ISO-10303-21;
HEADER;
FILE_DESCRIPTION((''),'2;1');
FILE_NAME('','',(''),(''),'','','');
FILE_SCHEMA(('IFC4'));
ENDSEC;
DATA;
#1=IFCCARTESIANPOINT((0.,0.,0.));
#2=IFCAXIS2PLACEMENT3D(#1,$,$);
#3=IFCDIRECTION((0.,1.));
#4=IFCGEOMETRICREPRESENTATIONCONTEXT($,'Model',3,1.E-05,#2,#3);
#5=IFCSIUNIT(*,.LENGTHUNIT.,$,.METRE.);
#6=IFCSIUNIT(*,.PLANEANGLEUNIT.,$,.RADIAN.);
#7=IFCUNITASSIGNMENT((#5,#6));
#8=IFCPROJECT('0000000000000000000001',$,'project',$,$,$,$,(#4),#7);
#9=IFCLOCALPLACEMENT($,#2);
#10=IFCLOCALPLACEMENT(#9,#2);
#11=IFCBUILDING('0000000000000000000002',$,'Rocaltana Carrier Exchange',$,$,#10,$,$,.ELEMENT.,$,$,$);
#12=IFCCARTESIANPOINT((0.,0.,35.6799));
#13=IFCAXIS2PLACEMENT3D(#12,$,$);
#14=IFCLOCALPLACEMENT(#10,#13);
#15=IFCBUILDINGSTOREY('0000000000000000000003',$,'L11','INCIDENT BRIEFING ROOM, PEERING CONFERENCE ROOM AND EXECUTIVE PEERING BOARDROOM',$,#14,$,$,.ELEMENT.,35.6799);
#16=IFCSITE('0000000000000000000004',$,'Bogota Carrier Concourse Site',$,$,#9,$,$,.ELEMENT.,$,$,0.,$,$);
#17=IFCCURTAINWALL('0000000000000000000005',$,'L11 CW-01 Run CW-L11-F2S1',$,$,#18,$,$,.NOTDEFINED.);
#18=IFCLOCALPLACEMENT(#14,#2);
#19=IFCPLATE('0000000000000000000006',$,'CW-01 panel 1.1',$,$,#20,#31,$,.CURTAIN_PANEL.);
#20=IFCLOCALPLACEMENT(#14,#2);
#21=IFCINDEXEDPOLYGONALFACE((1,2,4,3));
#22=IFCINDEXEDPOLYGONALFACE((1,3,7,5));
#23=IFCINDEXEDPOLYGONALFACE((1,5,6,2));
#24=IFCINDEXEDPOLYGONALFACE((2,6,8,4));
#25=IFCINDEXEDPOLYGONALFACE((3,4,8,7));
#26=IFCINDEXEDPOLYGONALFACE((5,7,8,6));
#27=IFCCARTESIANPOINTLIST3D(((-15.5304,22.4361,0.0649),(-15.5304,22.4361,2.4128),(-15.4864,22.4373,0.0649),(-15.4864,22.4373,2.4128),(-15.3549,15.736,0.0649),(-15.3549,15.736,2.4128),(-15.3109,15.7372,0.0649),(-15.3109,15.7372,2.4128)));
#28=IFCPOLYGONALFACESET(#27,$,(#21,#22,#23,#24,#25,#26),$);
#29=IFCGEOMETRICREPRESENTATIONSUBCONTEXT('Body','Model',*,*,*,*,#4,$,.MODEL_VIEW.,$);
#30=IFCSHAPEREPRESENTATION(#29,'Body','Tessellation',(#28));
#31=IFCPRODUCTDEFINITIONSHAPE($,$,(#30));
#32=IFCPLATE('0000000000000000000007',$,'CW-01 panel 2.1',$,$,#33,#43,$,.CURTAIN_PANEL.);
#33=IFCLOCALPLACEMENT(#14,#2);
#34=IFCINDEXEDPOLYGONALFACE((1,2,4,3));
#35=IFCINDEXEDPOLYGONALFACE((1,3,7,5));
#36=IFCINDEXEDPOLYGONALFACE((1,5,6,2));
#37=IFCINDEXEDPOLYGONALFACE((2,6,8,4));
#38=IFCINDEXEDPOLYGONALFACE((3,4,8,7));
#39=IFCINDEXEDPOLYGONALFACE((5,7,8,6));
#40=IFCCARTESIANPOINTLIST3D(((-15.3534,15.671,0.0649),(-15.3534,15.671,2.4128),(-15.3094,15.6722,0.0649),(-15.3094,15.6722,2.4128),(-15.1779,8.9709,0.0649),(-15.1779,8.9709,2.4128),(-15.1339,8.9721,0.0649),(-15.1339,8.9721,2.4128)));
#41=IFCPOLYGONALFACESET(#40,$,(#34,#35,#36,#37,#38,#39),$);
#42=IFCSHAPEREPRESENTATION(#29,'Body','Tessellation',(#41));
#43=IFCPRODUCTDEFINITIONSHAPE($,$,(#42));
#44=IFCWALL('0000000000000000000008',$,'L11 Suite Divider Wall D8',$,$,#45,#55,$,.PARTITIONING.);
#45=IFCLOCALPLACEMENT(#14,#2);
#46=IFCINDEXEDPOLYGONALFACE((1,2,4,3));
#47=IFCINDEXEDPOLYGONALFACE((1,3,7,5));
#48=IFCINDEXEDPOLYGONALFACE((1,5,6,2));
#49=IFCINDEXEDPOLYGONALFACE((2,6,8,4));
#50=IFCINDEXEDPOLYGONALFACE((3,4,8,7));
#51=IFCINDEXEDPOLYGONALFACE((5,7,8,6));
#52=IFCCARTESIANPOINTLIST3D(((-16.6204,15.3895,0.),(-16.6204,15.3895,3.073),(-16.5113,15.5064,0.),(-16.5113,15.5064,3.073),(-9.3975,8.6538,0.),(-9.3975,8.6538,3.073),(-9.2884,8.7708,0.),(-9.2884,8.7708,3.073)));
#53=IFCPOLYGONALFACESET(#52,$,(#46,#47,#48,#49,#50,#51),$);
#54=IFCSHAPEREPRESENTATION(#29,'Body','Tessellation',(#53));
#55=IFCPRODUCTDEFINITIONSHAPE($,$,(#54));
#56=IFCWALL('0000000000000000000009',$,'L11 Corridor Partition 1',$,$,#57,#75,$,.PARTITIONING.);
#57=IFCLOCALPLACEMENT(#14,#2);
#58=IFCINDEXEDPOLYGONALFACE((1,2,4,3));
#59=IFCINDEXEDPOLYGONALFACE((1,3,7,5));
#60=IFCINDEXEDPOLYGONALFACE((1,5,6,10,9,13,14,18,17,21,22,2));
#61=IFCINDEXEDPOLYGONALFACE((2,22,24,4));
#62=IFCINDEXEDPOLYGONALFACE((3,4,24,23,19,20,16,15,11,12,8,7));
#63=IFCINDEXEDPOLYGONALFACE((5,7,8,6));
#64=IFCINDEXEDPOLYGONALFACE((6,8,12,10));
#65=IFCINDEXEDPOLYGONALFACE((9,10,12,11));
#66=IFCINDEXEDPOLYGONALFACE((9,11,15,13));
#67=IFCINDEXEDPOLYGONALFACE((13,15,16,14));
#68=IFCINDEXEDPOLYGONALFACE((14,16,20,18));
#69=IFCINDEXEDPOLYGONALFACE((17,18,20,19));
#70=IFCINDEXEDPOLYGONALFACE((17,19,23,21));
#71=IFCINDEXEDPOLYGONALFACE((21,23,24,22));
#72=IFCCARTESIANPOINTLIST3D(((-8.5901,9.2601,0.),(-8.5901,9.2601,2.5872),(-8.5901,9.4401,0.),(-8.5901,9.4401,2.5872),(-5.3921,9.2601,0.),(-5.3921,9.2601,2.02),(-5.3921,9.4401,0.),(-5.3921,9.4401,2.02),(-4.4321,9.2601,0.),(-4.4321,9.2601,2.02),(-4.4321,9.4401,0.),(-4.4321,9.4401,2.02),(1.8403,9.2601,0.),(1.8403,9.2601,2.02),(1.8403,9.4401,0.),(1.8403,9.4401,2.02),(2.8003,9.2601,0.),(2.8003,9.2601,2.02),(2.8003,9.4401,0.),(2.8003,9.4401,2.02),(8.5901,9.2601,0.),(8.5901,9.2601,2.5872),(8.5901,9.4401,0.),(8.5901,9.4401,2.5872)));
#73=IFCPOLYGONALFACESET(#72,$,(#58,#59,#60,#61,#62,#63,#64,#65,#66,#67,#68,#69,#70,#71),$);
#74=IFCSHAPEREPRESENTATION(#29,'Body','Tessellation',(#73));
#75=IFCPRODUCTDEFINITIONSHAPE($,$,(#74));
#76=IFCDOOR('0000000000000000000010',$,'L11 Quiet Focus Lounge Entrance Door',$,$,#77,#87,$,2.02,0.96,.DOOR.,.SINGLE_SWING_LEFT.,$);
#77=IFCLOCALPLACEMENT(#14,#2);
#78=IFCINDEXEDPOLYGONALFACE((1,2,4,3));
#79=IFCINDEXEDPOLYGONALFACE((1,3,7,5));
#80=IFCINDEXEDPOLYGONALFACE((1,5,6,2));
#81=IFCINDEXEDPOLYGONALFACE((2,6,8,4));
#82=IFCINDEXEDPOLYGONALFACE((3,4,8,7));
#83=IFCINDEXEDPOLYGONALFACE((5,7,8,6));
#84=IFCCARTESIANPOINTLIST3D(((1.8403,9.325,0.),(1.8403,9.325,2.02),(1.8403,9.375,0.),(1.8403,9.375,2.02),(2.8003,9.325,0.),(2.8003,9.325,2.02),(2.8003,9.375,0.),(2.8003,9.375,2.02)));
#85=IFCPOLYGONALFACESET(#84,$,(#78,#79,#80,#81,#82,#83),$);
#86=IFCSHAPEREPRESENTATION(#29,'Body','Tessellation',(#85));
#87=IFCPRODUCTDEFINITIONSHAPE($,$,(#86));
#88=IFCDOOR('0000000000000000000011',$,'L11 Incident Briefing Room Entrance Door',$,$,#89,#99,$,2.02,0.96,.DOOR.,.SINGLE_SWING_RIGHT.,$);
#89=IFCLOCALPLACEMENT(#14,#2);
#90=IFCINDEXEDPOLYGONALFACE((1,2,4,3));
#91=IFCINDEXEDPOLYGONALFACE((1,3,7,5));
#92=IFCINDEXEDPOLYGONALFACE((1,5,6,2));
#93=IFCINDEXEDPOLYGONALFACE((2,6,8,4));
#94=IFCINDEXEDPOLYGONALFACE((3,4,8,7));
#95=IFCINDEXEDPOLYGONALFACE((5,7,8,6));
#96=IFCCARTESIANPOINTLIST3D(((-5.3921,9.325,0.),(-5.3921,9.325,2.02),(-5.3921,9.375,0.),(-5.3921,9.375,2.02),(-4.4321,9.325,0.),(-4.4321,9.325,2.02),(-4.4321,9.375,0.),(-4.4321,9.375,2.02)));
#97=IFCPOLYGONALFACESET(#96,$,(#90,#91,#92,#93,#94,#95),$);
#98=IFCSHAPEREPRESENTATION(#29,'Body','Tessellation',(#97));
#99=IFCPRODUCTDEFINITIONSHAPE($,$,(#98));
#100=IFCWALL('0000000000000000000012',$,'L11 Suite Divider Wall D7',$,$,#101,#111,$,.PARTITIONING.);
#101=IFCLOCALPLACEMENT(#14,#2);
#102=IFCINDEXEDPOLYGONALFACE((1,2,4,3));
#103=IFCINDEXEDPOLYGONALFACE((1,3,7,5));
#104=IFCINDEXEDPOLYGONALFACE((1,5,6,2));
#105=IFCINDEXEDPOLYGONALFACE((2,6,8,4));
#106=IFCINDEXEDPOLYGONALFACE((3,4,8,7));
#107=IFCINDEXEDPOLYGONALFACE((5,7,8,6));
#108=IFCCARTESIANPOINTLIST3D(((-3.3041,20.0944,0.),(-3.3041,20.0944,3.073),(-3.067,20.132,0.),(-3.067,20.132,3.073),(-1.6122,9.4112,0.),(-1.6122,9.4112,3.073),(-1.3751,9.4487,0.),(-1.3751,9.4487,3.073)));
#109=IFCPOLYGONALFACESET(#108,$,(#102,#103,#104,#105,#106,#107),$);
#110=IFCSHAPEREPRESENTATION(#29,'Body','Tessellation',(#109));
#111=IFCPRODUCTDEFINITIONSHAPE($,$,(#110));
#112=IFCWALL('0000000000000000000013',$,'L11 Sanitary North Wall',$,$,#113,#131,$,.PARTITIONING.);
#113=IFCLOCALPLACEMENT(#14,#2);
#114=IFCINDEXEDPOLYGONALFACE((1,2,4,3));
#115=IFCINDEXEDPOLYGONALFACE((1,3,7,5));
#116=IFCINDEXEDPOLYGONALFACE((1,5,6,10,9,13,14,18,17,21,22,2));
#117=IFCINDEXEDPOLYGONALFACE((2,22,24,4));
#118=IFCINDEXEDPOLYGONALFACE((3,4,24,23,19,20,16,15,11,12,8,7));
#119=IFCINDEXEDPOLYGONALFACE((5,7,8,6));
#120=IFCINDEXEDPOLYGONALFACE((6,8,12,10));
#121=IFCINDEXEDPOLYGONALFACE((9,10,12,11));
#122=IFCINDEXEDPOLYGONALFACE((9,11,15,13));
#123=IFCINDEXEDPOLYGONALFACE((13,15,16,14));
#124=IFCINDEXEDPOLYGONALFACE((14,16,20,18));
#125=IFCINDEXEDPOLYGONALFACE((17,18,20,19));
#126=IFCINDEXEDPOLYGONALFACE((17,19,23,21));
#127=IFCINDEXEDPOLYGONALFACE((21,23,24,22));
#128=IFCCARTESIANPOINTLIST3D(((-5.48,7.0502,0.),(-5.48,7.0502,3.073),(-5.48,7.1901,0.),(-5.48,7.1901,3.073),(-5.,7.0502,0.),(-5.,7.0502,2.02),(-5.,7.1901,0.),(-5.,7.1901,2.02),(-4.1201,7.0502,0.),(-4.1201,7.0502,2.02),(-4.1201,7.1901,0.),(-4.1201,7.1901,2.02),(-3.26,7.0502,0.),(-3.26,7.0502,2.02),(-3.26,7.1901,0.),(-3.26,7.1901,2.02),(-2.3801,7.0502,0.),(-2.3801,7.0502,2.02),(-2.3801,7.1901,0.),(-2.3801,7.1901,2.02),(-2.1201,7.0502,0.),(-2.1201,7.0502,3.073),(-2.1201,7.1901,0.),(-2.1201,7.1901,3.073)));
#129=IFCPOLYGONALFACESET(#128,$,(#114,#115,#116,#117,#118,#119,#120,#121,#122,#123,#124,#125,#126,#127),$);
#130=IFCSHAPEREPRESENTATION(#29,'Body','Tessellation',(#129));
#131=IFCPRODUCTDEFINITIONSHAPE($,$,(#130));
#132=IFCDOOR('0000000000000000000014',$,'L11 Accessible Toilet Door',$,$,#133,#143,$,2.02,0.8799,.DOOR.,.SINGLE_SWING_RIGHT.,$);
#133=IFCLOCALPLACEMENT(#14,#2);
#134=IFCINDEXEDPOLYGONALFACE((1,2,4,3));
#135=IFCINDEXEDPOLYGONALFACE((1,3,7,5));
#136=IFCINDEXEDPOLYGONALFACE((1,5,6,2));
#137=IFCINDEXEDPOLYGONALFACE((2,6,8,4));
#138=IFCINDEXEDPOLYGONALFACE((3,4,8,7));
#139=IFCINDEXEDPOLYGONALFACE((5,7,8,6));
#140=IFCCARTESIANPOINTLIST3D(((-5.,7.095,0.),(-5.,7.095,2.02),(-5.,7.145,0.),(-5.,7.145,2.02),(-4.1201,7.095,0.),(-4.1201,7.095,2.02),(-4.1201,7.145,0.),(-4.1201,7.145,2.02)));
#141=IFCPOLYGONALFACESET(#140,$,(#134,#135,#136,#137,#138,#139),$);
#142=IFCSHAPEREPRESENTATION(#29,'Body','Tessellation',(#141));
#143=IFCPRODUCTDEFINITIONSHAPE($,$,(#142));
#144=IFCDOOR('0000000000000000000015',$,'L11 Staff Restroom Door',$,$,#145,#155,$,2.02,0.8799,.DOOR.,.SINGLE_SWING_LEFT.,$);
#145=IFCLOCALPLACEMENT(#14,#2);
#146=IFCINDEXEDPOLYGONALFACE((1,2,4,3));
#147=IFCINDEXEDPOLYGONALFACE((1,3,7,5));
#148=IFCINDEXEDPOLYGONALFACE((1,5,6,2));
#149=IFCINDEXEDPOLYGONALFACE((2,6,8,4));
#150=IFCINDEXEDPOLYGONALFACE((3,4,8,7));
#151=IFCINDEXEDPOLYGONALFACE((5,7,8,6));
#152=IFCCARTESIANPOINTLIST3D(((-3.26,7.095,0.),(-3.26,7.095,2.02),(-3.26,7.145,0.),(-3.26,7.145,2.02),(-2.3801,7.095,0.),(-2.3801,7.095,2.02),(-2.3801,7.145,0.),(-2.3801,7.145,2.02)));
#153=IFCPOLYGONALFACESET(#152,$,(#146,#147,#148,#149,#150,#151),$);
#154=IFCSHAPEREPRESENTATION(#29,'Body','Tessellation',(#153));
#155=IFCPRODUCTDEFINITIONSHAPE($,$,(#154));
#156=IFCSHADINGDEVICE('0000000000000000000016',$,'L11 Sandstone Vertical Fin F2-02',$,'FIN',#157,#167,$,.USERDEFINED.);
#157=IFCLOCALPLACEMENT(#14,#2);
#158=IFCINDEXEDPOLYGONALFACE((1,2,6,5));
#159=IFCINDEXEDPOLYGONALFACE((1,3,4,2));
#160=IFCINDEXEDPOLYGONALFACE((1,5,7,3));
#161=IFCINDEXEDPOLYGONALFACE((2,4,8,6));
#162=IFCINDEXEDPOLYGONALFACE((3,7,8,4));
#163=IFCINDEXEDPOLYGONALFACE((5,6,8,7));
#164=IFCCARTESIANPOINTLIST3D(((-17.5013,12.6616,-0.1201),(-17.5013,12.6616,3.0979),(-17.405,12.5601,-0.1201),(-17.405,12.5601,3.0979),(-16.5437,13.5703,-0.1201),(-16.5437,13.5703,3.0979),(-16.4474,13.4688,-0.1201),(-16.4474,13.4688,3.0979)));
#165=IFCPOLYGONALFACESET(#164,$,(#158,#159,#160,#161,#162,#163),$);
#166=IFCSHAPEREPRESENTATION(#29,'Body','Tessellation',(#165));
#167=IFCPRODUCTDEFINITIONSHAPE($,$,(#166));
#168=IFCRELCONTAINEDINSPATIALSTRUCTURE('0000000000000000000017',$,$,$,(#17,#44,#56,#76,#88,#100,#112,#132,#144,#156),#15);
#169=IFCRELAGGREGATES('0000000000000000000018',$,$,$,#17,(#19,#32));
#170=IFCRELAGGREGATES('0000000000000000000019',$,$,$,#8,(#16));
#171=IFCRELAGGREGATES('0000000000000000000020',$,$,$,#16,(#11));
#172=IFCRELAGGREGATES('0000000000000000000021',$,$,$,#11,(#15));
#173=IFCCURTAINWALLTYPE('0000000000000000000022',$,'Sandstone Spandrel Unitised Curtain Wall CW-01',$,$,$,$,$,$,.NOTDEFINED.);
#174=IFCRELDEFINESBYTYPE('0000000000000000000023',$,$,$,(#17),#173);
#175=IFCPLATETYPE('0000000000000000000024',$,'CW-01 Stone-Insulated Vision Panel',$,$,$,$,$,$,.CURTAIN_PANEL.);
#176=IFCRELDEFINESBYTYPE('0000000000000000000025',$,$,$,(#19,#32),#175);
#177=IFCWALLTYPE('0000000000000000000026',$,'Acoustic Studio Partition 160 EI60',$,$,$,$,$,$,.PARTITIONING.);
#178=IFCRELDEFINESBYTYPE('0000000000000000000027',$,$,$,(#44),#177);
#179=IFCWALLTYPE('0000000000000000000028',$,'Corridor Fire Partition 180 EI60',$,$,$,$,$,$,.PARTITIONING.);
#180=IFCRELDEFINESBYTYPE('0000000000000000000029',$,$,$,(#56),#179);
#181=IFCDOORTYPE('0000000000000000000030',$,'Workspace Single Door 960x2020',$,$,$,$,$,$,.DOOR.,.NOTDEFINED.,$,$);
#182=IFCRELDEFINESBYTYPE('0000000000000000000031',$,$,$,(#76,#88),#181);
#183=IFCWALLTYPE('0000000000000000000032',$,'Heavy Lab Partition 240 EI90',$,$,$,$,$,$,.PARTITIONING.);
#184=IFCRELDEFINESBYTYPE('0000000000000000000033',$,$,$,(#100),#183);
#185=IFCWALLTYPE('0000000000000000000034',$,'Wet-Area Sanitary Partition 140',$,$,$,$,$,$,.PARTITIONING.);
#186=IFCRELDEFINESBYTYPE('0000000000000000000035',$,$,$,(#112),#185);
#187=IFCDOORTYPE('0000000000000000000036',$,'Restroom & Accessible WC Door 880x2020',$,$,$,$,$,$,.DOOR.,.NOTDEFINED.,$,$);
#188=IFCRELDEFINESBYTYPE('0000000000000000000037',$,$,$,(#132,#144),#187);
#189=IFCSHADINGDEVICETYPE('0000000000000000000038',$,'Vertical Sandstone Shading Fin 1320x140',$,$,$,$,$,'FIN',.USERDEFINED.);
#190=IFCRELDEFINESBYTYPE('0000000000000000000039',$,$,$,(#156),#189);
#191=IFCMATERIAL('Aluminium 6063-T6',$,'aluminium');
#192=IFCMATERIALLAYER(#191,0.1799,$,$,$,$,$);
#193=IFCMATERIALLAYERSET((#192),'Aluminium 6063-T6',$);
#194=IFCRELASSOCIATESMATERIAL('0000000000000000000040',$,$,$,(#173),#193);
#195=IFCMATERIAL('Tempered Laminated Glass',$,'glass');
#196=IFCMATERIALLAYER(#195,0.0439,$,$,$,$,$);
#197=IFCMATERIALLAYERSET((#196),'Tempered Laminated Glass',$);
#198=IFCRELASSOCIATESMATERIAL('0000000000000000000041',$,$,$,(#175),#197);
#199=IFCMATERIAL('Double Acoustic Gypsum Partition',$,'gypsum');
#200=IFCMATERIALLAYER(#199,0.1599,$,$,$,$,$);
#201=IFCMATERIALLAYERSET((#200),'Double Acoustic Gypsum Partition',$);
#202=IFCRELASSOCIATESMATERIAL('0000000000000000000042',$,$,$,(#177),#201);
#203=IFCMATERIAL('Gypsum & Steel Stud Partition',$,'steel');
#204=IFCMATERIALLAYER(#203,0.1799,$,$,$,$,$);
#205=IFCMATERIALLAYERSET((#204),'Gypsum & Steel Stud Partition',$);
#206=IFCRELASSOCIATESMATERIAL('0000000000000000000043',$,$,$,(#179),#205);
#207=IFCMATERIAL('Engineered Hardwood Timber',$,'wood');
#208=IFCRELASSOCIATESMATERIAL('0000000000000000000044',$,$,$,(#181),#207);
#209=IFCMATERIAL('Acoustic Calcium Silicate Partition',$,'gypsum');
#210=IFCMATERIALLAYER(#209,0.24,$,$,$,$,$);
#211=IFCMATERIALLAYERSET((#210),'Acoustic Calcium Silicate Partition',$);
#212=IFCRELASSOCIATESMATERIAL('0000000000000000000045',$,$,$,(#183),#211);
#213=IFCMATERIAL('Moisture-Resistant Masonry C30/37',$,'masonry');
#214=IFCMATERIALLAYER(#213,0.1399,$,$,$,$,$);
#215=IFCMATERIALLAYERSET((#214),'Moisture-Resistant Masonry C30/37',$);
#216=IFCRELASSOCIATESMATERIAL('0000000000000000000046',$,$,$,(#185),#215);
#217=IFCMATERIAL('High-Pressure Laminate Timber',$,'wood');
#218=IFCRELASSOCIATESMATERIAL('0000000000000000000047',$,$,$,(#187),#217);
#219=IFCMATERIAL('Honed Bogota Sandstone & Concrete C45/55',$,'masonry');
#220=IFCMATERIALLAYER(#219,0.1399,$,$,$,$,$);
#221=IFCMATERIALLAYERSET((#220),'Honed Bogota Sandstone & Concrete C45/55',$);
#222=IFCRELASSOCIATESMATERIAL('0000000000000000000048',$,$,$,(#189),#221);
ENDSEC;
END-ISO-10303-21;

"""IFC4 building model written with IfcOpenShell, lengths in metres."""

from ifc_helpers import new_model, si_unit, direction, frame, frame_2d, origin, origin_2d, place, context, subcontext, project, spatial, rectangle, extrude, material, layer, layer_set, type_object, element, fill, aggregate, save


model = new_model("IFC4")

# Units and contexts
model_context = context("Model", 3, precision=1e-05, world=origin(), true_north=direction((0.0, 1.0)))
body_context = subcontext(model_context, "Body", "Model", "MODEL_VIEW")
ifc_project = project(units=[si_unit("LENGTHUNIT", "METRE"), si_unit("PLANEANGLEUNIT", "RADIAN")], contexts=[model_context])

# Site, building, storey
site_placement = place(None, origin())
site = spatial("IfcSite", under=ifc_project, at=site_placement, Name="Bogota Carrier Concourse Site", CompositionType="ELEMENT", RefElevation=0.0)
building_placement = place(site_placement, origin())
building = spatial("IfcBuilding", under=site, at=building_placement, Name="Rocaltana Carrier Exchange", CompositionType="ELEMENT")
storey_placement = place(building_placement, frame((0.0, 0.0, 35.6799)))
storey = spatial("IfcBuildingStorey", under=building, at=storey_placement, Name="L11", Description="INCIDENT BRIEFING ROOM, PEERING CONFERENCE ROOM AND EXECUTIVE PEERING BOARDROOM", CompositionType="ELEMENT", Elevation=35.6799)

# Shared definitions
ifc_material_1 = material(Name="Aluminium 6063-T6", Category="aluminium")
ifc_layer_1 = layer(ifc_material_1, 0.1799)
ifc_layer_set_1 = layer_set([ifc_layer_1], Name="Aluminium 6063-T6")
curtain_wall_type = type_object("IfcCurtainWallType", Name="Sandstone Spandrel Unitised Curtain Wall CW-01", PredefinedType="NOTDEFINED", material=ifc_layer_set_1)

# Curtain wall
curtain_wall_1_placement = place(storey_placement, origin())
curtain_wall_1 = element("IfcCurtainWall", 1, at=curtain_wall_1_placement, inside=storey, type_object=curtain_wall_type, Name="L11 CW-01 Run CW-L11-F2S1", PredefinedType="NOTDEFINED")

# Plates
ifc_material_2 = material(Name="Tempered Laminated Glass", Category="glass")
ifc_layer_2 = layer(ifc_material_2, 0.0439)
ifc_layer_set_2 = layer_set([ifc_layer_2], Name="Tempered Laminated Glass")
plate_type = type_object("IfcPlateType", Name="CW-01 Stone-Insulated Vision Panel", PredefinedType="CURTAIN_PANEL", material=ifc_layer_set_2)
plate_1_placement = place(storey_placement, frame((-15.4207, 19.0867, 0.0649), z_axis=(0.0, 0.0, 1.0), x_axis=(0.026184, -0.999657, 0.0)))
plate_1 = element("IfcPlate", 2, at=plate_1_placement, type_object=plate_type, Name="CW-01 panel 1.1", PredefinedType="CURTAIN_PANEL", context=body_context, shape_type="SweptSolid", body=[
    extrude(rectangle(XDim=6.7024, YDim=0.0439, at=origin_2d()), origin(), (0.0, 0.0, 1.0), 2.3479),
])
plate_2_placement = place(storey_placement, frame((-15.2437, 12.3215, 0.0649), z_axis=(0.0, 0.0, 1.0), x_axis=(0.026184, -0.999657, 0.0)))
plate_2 = element("IfcPlate", 3, at=plate_2_placement, type_object=plate_type, Name="CW-01 panel 2.1", PredefinedType="CURTAIN_PANEL", context=body_context, shape_type="SweptSolid", body=[
    extrude(rectangle(XDim=6.7024, YDim=0.0439, at=origin_2d()), origin(), (0.0, 0.0, 1.0), 2.3479),
])
aggregate(curtain_wall_1, [plate_1, plate_2])

# Wall
ifc_material_3 = material(Name="Double Acoustic Gypsum Partition", Category="gypsum")
ifc_layer_3 = layer(ifc_material_3, 0.1599)
ifc_layer_set_3 = layer_set([ifc_layer_3], Name="Double Acoustic Gypsum Partition")
wall_type_1 = type_object("IfcWallType", Name="Acoustic Studio Partition 160 EI60", PredefinedType="PARTITIONING", material=ifc_layer_set_3)
wall_1_placement = place(storey_placement, frame((-9.343, 8.7124, 0.0), z_axis=(0.0, 0.0, 1.0), x_axis=(-0.731347, 0.682006, 0.0)))
element("IfcWall", 4, at=wall_1_placement, inside=storey, type_object=wall_type_1, Name="L11 Suite Divider Wall D8", PredefinedType="PARTITIONING", context=body_context, shape_type="SweptSolid", body=[
    extrude(rectangle(XDim=9.8762, YDim=0.1599, at=frame_2d((4.938, 0.0))), origin(), (0.0, 0.0, 1.0), 3.073),
])

# Wall, openings, doors
ifc_material_4 = material(Name="Gypsum & Steel Stud Partition", Category="steel")
ifc_layer_4 = layer(ifc_material_4, 0.1799)
ifc_layer_set_4 = layer_set([ifc_layer_4], Name="Gypsum & Steel Stud Partition")
wall_type_2 = type_object("IfcWallType", Name="Corridor Fire Partition 180 EI60", PredefinedType="PARTITIONING", material=ifc_layer_set_4)
wall_2_placement = place(storey_placement, frame((-8.5901, 9.3501, 0.0), z_axis=(0.0, 0.0, 1.0), x_axis=(1.0, 0.0, 0.0)))
wall_2 = element("IfcWall", 5, at=wall_2_placement, inside=storey, type_object=wall_type_2, Name="L11 Corridor Partition 1", PredefinedType="PARTITIONING", context=body_context, shape_type="SweptSolid", body=[
    extrude(rectangle(XDim=17.1802, YDim=0.1799, at=frame_2d((8.5901, 0.0))), origin(), (0.0, 0.0, 1.0), 2.5872),
])
opening_1_placement = place(wall_2_placement, frame((10.4304, 0.0, 0.0)))
opening_1 = element("IfcOpeningElement", 6, at=opening_1_placement, cuts=wall_2, PredefinedType="OPENING", context=body_context, shape_type="SweptSolid", body=[
    extrude(rectangle(XDim=0.96, YDim=2.02, at=frame_2d((0.48, 1.01))), frame((0.0, 0.0999, 0.0), z_axis=(0.0, -1.0, 0.0), x_axis=(1.0, 0.0, 0.0)), (0.0, 0.0, 1.0), 0.2),
])
opening_2_placement = place(wall_2_placement, frame((3.198, 0.0, 0.0)))
opening_2 = element("IfcOpeningElement", 7, at=opening_2_placement, cuts=wall_2, PredefinedType="OPENING", context=body_context, shape_type="SweptSolid", body=[
    extrude(rectangle(XDim=0.96, YDim=2.02, at=frame_2d((0.48, 1.01))), frame((0.0, 0.0999, 0.0), z_axis=(0.0, -1.0, 0.0), x_axis=(1.0, 0.0, 0.0)), (0.0, 0.0, 1.0), 0.2),
])
ifc_material_5 = material(Name="Engineered Hardwood Timber", Category="wood")
door_type_1 = type_object("IfcDoorType", Name="Workspace Single Door 960x2020", OperationType="NOTDEFINED", PredefinedType="DOOR", material=ifc_material_5)
door_1_placement = place(opening_1_placement, origin())
door_1 = element("IfcDoor", 8, at=door_1_placement, inside=storey, type_object=door_type_1, Name="L11 Quiet Focus Lounge Entrance Door", OperationType="SINGLE_SWING_LEFT", OverallHeight=2.02, OverallWidth=0.96, PredefinedType="DOOR", context=body_context, shape_type="SweptSolid", body=[
    extrude(rectangle(XDim=0.96, YDim=2.02, at=frame_2d((0.48, 1.01))), frame((0.0, 0.0249, 0.0), z_axis=(0.0, -1.0, 0.0), x_axis=(1.0, 0.0, 0.0)), (0.0, 0.0, 1.0), 0.05),
])
fill(opening_1, door_1)
door_2_placement = place(opening_2_placement, origin())
door_2 = element("IfcDoor", 9, at=door_2_placement, inside=storey, type_object=door_type_1, Name="L11 Incident Briefing Room Entrance Door", OperationType="SINGLE_SWING_RIGHT", OverallHeight=2.02, OverallWidth=0.96, PredefinedType="DOOR", context=body_context, shape_type="SweptSolid", body=[
    extrude(rectangle(XDim=0.96, YDim=2.02, at=frame_2d((0.48, 1.01))), frame((0.0, 0.0249, 0.0), z_axis=(0.0, -1.0, 0.0), x_axis=(1.0, 0.0, 0.0)), (0.0, 0.0, 1.0), 0.05),
])
fill(opening_2, door_2)

# Wall
ifc_material_6 = material(Name="Acoustic Calcium Silicate Partition", Category="gypsum")
ifc_layer_5 = layer(ifc_material_6, 0.24)
ifc_layer_set_5 = layer_set([ifc_layer_5], Name="Acoustic Calcium Silicate Partition")
wall_type_3 = type_object("IfcWallType", Name="Heavy Lab Partition 240 EI90", PredefinedType="PARTITIONING", material=ifc_layer_set_5)
wall_3_placement = place(storey_placement, frame((-1.4937, 9.4299, 0.0), z_axis=(0.0, 0.0, 1.0), x_axis=(-0.156418, 0.987691, 0.0)))
element("IfcWall", 10, at=wall_3_placement, inside=storey, type_object=wall_type_3, Name="L11 Suite Divider Wall D7", PredefinedType="PARTITIONING", context=body_context, shape_type="SweptSolid", body=[
    extrude(rectangle(XDim=10.8164, YDim=0.24, at=frame_2d((5.4082, 0.0))), origin(), (0.0, 0.0, 1.0), 3.073),
])

# Wall, openings, doors
ifc_material_7 = material(Name="Moisture-Resistant Masonry C30/37", Category="masonry")
ifc_layer_6 = layer(ifc_material_7, 0.1399)
ifc_layer_set_6 = layer_set([ifc_layer_6], Name="Moisture-Resistant Masonry C30/37")
wall_type_4 = type_object("IfcWallType", Name="Wet-Area Sanitary Partition 140", PredefinedType="PARTITIONING", material=ifc_layer_set_6)
wall_4_placement = place(storey_placement, frame((-5.48, 7.1201, 0.0), z_axis=(0.0, 0.0, 1.0), x_axis=(1.0, 0.0, 0.0)))
wall_4 = element("IfcWall", 11, at=wall_4_placement, inside=storey, type_object=wall_type_4, Name="L11 Sanitary North Wall", PredefinedType="PARTITIONING", context=body_context, shape_type="SweptSolid", body=[
    extrude(rectangle(XDim=3.3599, YDim=0.1399, at=frame_2d((1.6799, 0.0))), origin(), (0.0, 0.0, 1.0), 3.073),
])
opening_3_placement = place(wall_4_placement, frame((0.48, 0.0, 0.0)))
opening_3 = element("IfcOpeningElement", 12, at=opening_3_placement, cuts=wall_4, PredefinedType="OPENING", context=body_context, shape_type="SweptSolid", body=[
    extrude(rectangle(XDim=0.8799, YDim=2.02, at=frame_2d((0.4399, 1.01))), frame((0.0, 0.0798, 0.0), z_axis=(0.0, -1.0, 0.0), x_axis=(1.0, 0.0, 0.0)), (0.0, 0.0, 1.0), 0.1599),
])
opening_4_placement = place(wall_4_placement, frame((2.22, 0.0, 0.0)))
opening_4 = element("IfcOpeningElement", 13, at=opening_4_placement, cuts=wall_4, PredefinedType="OPENING", context=body_context, shape_type="SweptSolid", body=[
    extrude(rectangle(XDim=0.8799, YDim=2.02, at=frame_2d((0.4399, 1.01))), frame((0.0, 0.0798, 0.0), z_axis=(0.0, -1.0, 0.0), x_axis=(1.0, 0.0, 0.0)), (0.0, 0.0, 1.0), 0.1599),
])
ifc_material_8 = material(Name="High-Pressure Laminate Timber", Category="wood")
door_type_2 = type_object("IfcDoorType", Name="Restroom & Accessible WC Door 880x2020", OperationType="NOTDEFINED", PredefinedType="DOOR", material=ifc_material_8)
door_3_placement = place(opening_3_placement, origin())
door_3 = element("IfcDoor", 14, at=door_3_placement, inside=storey, type_object=door_type_2, Name="L11 Accessible Toilet Door", OperationType="SINGLE_SWING_RIGHT", OverallHeight=2.02, OverallWidth=0.8799, PredefinedType="DOOR", context=body_context, shape_type="SweptSolid", body=[
    extrude(rectangle(XDim=0.8799, YDim=2.02, at=frame_2d((0.4399, 1.01))), frame((0.0, 0.0249, 0.0), z_axis=(0.0, -1.0, 0.0), x_axis=(1.0, 0.0, 0.0)), (0.0, 0.0, 1.0), 0.05),
])
fill(opening_3, door_3)
door_4_placement = place(opening_4_placement, origin())
door_4 = element("IfcDoor", 15, at=door_4_placement, inside=storey, type_object=door_type_2, Name="L11 Staff Restroom Door", OperationType="SINGLE_SWING_LEFT", OverallHeight=2.02, OverallWidth=0.8799, PredefinedType="DOOR", context=body_context, shape_type="SweptSolid", body=[
    extrude(rectangle(XDim=0.8799, YDim=2.02, at=frame_2d((0.4399, 1.01))), frame((0.0, 0.0249, 0.0), z_axis=(0.0, -1.0, 0.0), x_axis=(1.0, 0.0, 0.0)), (0.0, 0.0, 1.0), 0.05),
])
fill(opening_4, door_4)

# Shading device
ifc_material_9 = material(Name="Honed Bogota Sandstone & Concrete C45/55", Category="masonry")
ifc_layer_7 = layer(ifc_material_9, 0.1399)
ifc_layer_set_7 = layer_set([ifc_layer_7], Name="Honed Bogota Sandstone & Concrete C45/55")
shading_device_type = type_object("IfcShadingDeviceType", Name="Vertical Sandstone Shading Fin 1320x140", ElementType="FIN", PredefinedType="USERDEFINED", material=ifc_layer_set_7)
shading_device_placement = place(storey_placement, frame((-16.9744, 13.0652, -0.1201), z_axis=(0.0, 0.0, 1.0), x_axis=(-0.725374, -0.688355, 0.0)))
element("IfcShadingDevice", 16, at=shading_device_placement, inside=storey, type_object=shading_device_type, Name="L11 Sandstone Vertical Fin F2-02", ObjectType="FIN", PredefinedType="USERDEFINED", context=body_context, shape_type="SweptSolid", body=[
    extrude(rectangle(XDim=1.3201, YDim=0.1399, at=origin_2d()), origin(), (0.0, 0.0, 1.0), 3.218),
])

save(model, "model.ifc")
